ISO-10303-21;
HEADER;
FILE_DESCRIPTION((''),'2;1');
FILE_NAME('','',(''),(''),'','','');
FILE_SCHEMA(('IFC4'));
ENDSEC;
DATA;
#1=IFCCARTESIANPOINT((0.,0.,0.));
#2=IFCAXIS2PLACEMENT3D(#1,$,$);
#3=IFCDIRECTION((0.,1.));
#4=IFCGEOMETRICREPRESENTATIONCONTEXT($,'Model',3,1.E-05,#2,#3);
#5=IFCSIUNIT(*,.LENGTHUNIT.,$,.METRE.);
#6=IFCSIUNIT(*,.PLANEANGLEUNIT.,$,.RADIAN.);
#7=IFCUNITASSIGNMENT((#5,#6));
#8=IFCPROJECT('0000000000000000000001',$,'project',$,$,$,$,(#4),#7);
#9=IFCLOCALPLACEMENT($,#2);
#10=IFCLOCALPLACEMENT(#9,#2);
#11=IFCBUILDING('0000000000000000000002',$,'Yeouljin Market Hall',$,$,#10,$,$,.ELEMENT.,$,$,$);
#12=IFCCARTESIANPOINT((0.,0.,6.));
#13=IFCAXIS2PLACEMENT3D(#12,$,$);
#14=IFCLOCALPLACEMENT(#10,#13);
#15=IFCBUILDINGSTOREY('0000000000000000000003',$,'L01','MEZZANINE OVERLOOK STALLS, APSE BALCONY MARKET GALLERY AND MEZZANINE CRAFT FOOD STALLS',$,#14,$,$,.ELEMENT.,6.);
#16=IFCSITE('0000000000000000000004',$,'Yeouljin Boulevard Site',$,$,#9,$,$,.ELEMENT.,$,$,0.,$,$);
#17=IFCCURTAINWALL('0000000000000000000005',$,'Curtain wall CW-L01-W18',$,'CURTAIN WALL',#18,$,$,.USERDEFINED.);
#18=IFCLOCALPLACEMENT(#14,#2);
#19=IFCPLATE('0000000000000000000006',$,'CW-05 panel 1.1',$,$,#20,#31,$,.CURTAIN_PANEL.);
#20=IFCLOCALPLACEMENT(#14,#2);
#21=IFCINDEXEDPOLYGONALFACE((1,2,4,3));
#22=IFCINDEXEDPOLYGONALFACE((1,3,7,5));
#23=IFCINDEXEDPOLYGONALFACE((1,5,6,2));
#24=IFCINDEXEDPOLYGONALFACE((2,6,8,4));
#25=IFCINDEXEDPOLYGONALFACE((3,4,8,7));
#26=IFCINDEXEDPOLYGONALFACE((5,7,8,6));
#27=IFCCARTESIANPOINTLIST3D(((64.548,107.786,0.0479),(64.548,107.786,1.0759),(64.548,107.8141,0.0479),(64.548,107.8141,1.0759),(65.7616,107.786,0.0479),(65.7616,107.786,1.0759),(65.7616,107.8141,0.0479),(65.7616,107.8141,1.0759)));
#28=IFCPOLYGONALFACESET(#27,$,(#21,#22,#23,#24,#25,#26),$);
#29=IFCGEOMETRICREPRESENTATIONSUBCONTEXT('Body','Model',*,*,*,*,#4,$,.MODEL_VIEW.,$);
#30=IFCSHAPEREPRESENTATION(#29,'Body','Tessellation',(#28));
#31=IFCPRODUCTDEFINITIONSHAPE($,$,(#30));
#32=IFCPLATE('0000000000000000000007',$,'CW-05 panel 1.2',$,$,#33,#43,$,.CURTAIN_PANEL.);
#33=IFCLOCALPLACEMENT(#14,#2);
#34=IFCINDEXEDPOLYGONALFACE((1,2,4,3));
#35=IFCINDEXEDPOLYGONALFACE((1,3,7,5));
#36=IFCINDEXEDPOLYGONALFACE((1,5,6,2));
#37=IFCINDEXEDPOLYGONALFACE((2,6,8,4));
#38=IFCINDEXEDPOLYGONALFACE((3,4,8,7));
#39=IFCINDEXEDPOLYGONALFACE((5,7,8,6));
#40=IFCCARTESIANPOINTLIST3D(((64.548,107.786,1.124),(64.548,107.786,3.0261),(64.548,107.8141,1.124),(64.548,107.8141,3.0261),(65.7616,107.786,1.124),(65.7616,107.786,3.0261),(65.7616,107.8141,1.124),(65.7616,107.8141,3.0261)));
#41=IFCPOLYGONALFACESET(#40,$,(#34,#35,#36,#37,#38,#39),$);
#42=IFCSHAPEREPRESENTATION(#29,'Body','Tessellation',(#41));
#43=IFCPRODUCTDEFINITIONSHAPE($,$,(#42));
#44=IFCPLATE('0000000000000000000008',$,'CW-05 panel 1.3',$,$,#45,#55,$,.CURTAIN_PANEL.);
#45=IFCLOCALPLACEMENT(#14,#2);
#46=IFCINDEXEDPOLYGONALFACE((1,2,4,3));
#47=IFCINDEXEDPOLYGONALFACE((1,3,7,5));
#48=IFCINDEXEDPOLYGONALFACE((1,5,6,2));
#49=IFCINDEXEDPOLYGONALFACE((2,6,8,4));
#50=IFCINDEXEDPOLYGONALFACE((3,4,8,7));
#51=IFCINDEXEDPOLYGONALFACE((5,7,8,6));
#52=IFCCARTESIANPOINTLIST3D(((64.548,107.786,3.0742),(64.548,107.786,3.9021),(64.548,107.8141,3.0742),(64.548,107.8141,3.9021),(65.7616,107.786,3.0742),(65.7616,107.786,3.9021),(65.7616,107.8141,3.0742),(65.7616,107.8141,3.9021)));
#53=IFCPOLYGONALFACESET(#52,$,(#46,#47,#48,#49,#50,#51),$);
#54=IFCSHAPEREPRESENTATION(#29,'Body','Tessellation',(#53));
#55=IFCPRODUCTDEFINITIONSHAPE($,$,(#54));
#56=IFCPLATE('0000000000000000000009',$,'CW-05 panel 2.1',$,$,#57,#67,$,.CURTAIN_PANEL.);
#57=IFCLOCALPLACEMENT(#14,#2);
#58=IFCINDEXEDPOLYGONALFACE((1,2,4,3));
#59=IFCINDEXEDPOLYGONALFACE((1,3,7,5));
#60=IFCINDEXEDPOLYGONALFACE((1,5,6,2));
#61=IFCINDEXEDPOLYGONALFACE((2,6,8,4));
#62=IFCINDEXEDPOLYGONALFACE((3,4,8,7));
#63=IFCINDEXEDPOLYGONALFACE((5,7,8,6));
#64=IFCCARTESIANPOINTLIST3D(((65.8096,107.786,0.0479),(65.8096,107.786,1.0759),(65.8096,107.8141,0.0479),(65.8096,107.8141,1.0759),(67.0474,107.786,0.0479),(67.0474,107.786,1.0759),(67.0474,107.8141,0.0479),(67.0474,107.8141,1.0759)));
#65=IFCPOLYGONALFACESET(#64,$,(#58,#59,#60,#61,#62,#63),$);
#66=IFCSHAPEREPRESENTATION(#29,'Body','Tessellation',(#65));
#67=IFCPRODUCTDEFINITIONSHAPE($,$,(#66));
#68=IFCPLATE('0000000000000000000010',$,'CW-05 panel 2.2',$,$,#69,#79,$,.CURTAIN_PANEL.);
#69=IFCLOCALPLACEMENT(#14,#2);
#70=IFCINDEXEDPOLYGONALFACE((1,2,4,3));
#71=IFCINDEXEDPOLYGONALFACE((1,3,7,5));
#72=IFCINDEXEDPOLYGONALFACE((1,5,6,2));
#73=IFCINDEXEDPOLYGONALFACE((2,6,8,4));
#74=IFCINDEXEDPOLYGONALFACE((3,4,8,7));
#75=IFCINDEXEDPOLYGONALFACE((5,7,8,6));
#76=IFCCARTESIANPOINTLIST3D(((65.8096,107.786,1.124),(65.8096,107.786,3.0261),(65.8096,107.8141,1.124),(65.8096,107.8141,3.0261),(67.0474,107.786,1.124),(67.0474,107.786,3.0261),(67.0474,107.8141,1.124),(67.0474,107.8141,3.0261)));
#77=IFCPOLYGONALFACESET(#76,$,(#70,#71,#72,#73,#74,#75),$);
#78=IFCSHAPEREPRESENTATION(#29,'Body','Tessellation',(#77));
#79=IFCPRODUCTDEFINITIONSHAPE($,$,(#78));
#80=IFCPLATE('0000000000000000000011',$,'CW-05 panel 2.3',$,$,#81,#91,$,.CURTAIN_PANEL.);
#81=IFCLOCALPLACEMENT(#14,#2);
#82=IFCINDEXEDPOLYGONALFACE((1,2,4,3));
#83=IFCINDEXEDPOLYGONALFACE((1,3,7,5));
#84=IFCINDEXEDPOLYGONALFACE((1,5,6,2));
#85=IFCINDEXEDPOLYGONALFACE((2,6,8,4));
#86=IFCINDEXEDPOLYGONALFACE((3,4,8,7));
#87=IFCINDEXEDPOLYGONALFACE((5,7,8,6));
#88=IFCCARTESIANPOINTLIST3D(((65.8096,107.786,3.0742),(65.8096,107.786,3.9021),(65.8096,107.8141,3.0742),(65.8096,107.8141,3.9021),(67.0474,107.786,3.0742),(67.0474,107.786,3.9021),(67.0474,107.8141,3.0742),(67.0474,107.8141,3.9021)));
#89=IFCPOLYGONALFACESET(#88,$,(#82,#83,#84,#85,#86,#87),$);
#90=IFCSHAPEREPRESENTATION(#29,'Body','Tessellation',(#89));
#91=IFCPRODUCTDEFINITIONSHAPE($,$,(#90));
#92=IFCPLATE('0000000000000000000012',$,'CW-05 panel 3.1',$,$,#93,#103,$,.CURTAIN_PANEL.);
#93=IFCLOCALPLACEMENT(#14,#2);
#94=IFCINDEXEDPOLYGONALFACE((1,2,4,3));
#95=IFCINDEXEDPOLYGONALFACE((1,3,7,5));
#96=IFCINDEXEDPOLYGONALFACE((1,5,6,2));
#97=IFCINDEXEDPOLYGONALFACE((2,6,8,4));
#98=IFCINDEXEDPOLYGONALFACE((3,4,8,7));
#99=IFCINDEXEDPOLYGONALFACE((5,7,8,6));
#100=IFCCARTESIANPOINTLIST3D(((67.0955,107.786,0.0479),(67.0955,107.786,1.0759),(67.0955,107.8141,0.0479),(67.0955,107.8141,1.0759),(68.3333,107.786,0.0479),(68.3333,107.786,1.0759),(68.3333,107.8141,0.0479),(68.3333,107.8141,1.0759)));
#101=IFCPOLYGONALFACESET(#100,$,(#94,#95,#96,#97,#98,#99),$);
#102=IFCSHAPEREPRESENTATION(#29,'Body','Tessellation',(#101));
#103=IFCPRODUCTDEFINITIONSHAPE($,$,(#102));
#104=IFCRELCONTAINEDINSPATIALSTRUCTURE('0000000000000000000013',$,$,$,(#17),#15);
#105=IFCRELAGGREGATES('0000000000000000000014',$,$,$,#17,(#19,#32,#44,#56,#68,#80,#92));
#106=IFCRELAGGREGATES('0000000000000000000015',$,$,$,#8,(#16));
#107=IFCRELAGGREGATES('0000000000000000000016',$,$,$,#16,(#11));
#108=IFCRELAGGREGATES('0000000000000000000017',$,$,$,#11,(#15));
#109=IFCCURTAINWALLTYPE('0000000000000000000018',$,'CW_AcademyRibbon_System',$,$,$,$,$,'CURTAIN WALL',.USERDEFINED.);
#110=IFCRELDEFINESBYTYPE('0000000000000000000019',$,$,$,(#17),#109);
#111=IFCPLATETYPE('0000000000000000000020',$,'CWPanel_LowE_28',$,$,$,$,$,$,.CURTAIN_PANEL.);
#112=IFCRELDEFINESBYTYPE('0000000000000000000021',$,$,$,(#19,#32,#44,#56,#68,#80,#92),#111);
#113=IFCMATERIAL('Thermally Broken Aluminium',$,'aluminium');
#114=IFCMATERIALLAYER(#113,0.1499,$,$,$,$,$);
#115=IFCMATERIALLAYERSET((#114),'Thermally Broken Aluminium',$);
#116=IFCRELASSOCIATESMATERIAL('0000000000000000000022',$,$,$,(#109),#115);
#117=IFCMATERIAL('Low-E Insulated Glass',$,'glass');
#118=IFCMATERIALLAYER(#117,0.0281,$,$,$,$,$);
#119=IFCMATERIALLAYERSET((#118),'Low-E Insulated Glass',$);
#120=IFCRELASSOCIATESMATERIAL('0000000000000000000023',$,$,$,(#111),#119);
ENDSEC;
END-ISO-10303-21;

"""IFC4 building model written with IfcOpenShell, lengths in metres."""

from ifc_helpers import new_model, si_unit, direction, frame, origin, origin_2d, place, context, subcontext, project, spatial, rectangle, extrude, material, layer, layer_set, type_object, element, aggregate, save


model = new_model("IFC4")

# Units and contexts
model_context = context("Model", 3, precision=1e-05, world=origin(), true_north=direction((0.0, 1.0)))
body_context = subcontext(model_context, "Body", "Model", "MODEL_VIEW")
ifc_project = project(units=[si_unit("LENGTHUNIT", "METRE"), si_unit("PLANEANGLEUNIT", "RADIAN")], contexts=[model_context])

# Site, building, storey
site_placement = place(None, origin())
site = spatial("IfcSite", under=ifc_project, at=site_placement, Name="Yeouljin Boulevard Site", CompositionType="ELEMENT", RefElevation=0.0)
building_placement = place(site_placement, origin())
building = spatial("IfcBuilding", under=site, at=building_placement, Name="Yeouljin Market Hall", CompositionType="ELEMENT")
storey_placement = place(building_placement, frame((0.0, 0.0, 6.0)))
storey = spatial("IfcBuildingStorey", under=building, at=storey_placement, Name="L01", Description="MEZZANINE OVERLOOK STALLS, APSE BALCONY MARKET GALLERY AND MEZZANINE CRAFT FOOD STALLS", CompositionType="ELEMENT", Elevation=6.0)

# Curtain wall
ifc_material_1 = material(Name="Thermally Broken Aluminium", Category="aluminium")
ifc_layer_1 = layer(ifc_material_1, 0.1499)
ifc_layer_set_1 = layer_set([ifc_layer_1], Name="Thermally Broken Aluminium")
curtain_wall_type = type_object("IfcCurtainWallType", Name="CW_AcademyRibbon_System", ElementType="CURTAIN WALL", PredefinedType="USERDEFINED", material=ifc_layer_set_1)
curtain_wall_placement = place(storey_placement, origin())
curtain_wall = element("IfcCurtainWall", 1, at=curtain_wall_placement, inside=storey, type_object=curtain_wall_type, Name="Curtain wall CW-L01-W18", ObjectType="CURTAIN WALL", PredefinedType="USERDEFINED")

# Plates
ifc_material_2 = material(Name="Low-E Insulated Glass", Category="glass")
ifc_layer_2 = layer(ifc_material_2, 0.0281)
ifc_layer_set_2 = layer_set([ifc_layer_2], Name="Low-E Insulated Glass")
plate_type = type_object("IfcPlateType", Name="CWPanel_LowE_28", PredefinedType="CURTAIN_PANEL", material=ifc_layer_set_2)
plate_1_placement = place(storey_placement, frame((65.1548, 107.8, 0.0479), z_axis=(0.0, 0.0, 1.0), x_axis=(1.0, 0.0, 0.0)))
plate_1 = element("IfcPlate", 2, at=plate_1_placement, type_object=plate_type, Name="CW-05 panel 1.1", PredefinedType="CURTAIN_PANEL", context=body_context, shape_type="SweptSolid", body=[
    extrude(rectangle(XDim=1.2136, YDim=0.0281, at=origin_2d()), origin(), (0.0, 0.0, 1.0), 1.0281),
])
plate_2_placement = place(storey_placement, frame((65.1548, 107.8, 1.124), z_axis=(0.0, 0.0, 1.0), x_axis=(1.0, 0.0, 0.0)))
plate_2 = element("IfcPlate", 3, at=plate_2_placement, type_object=plate_type, Name="CW-05 panel 1.2", PredefinedType="CURTAIN_PANEL", context=body_context, shape_type="SweptSolid", body=[
    extrude(rectangle(XDim=1.2136, YDim=0.0281, at=origin_2d()), origin(), (0.0, 0.0, 1.0), 1.9021),
])
plate_3_placement = place(storey_placement, frame((65.1548, 107.8, 3.0742), z_axis=(0.0, 0.0, 1.0), x_axis=(1.0, 0.0, 0.0)))
plate_3 = element("IfcPlate", 4, at=plate_3_placement, type_object=plate_type, Name="CW-05 panel 1.3", PredefinedType="CURTAIN_PANEL", context=body_context, shape_type="SweptSolid", body=[
    extrude(rectangle(XDim=1.2136, YDim=0.0281, at=origin_2d()), origin(), (0.0, 0.0, 1.0), 0.8279),
])
plate_4_placement = place(storey_placement, frame((66.4285, 107.8, 0.0479), z_axis=(0.0, 0.0, 1.0), x_axis=(1.0, 0.0, 0.0)))
plate_4 = element("IfcPlate", 5, at=plate_4_placement, type_object=plate_type, Name="CW-05 panel 2.1", PredefinedType="CURTAIN_PANEL", context=body_context, shape_type="SweptSolid", body=[
    extrude(rectangle(XDim=1.2378, YDim=0.0281, at=origin_2d()), origin(), (0.0, 0.0, 1.0), 1.0281),
])
plate_5_placement = place(storey_placement, frame((66.4285, 107.8, 1.124), z_axis=(0.0, 0.0, 1.0), x_axis=(1.0, 0.0, 0.0)))
plate_5 = element("IfcPlate", 6, at=plate_5_placement, type_object=plate_type, Name="CW-05 panel 2.2", PredefinedType="CURTAIN_PANEL", context=body_context, shape_type="SweptSolid", body=[
    extrude(rectangle(XDim=1.2378, YDim=0.0281, at=origin_2d()), origin(), (0.0, 0.0, 1.0), 1.9021),
])
plate_6_placement = place(storey_placement, frame((66.4285, 107.8, 3.0742), z_axis=(0.0, 0.0, 1.0), x_axis=(1.0, 0.0, 0.0)))
plate_6 = element("IfcPlate", 7, at=plate_6_placement, type_object=plate_type, Name="CW-05 panel 2.3", PredefinedType="CURTAIN_PANEL", context=body_context, shape_type="SweptSolid", body=[
    extrude(rectangle(XDim=1.2378, YDim=0.0281, at=origin_2d()), origin(), (0.0, 0.0, 1.0), 0.8279),
])
plate_7_placement = place(storey_placement, frame((67.7144, 107.8, 0.0479), z_axis=(0.0, 0.0, 1.0), x_axis=(1.0, 0.0, 0.0)))
plate_7 = element("IfcPlate", 8, at=plate_7_placement, type_object=plate_type, Name="CW-05 panel 3.1", PredefinedType="CURTAIN_PANEL", context=body_context, shape_type="SweptSolid", body=[
    extrude(rectangle(XDim=1.2378, YDim=0.0281, at=origin_2d()), origin(), (0.0, 0.0, 1.0), 1.0281),
])
aggregate(curtain_wall, [plate_1, plate_2, plate_3, plate_4, plate_5, plate_6, plate_7])

save(model, "model.ifc")
